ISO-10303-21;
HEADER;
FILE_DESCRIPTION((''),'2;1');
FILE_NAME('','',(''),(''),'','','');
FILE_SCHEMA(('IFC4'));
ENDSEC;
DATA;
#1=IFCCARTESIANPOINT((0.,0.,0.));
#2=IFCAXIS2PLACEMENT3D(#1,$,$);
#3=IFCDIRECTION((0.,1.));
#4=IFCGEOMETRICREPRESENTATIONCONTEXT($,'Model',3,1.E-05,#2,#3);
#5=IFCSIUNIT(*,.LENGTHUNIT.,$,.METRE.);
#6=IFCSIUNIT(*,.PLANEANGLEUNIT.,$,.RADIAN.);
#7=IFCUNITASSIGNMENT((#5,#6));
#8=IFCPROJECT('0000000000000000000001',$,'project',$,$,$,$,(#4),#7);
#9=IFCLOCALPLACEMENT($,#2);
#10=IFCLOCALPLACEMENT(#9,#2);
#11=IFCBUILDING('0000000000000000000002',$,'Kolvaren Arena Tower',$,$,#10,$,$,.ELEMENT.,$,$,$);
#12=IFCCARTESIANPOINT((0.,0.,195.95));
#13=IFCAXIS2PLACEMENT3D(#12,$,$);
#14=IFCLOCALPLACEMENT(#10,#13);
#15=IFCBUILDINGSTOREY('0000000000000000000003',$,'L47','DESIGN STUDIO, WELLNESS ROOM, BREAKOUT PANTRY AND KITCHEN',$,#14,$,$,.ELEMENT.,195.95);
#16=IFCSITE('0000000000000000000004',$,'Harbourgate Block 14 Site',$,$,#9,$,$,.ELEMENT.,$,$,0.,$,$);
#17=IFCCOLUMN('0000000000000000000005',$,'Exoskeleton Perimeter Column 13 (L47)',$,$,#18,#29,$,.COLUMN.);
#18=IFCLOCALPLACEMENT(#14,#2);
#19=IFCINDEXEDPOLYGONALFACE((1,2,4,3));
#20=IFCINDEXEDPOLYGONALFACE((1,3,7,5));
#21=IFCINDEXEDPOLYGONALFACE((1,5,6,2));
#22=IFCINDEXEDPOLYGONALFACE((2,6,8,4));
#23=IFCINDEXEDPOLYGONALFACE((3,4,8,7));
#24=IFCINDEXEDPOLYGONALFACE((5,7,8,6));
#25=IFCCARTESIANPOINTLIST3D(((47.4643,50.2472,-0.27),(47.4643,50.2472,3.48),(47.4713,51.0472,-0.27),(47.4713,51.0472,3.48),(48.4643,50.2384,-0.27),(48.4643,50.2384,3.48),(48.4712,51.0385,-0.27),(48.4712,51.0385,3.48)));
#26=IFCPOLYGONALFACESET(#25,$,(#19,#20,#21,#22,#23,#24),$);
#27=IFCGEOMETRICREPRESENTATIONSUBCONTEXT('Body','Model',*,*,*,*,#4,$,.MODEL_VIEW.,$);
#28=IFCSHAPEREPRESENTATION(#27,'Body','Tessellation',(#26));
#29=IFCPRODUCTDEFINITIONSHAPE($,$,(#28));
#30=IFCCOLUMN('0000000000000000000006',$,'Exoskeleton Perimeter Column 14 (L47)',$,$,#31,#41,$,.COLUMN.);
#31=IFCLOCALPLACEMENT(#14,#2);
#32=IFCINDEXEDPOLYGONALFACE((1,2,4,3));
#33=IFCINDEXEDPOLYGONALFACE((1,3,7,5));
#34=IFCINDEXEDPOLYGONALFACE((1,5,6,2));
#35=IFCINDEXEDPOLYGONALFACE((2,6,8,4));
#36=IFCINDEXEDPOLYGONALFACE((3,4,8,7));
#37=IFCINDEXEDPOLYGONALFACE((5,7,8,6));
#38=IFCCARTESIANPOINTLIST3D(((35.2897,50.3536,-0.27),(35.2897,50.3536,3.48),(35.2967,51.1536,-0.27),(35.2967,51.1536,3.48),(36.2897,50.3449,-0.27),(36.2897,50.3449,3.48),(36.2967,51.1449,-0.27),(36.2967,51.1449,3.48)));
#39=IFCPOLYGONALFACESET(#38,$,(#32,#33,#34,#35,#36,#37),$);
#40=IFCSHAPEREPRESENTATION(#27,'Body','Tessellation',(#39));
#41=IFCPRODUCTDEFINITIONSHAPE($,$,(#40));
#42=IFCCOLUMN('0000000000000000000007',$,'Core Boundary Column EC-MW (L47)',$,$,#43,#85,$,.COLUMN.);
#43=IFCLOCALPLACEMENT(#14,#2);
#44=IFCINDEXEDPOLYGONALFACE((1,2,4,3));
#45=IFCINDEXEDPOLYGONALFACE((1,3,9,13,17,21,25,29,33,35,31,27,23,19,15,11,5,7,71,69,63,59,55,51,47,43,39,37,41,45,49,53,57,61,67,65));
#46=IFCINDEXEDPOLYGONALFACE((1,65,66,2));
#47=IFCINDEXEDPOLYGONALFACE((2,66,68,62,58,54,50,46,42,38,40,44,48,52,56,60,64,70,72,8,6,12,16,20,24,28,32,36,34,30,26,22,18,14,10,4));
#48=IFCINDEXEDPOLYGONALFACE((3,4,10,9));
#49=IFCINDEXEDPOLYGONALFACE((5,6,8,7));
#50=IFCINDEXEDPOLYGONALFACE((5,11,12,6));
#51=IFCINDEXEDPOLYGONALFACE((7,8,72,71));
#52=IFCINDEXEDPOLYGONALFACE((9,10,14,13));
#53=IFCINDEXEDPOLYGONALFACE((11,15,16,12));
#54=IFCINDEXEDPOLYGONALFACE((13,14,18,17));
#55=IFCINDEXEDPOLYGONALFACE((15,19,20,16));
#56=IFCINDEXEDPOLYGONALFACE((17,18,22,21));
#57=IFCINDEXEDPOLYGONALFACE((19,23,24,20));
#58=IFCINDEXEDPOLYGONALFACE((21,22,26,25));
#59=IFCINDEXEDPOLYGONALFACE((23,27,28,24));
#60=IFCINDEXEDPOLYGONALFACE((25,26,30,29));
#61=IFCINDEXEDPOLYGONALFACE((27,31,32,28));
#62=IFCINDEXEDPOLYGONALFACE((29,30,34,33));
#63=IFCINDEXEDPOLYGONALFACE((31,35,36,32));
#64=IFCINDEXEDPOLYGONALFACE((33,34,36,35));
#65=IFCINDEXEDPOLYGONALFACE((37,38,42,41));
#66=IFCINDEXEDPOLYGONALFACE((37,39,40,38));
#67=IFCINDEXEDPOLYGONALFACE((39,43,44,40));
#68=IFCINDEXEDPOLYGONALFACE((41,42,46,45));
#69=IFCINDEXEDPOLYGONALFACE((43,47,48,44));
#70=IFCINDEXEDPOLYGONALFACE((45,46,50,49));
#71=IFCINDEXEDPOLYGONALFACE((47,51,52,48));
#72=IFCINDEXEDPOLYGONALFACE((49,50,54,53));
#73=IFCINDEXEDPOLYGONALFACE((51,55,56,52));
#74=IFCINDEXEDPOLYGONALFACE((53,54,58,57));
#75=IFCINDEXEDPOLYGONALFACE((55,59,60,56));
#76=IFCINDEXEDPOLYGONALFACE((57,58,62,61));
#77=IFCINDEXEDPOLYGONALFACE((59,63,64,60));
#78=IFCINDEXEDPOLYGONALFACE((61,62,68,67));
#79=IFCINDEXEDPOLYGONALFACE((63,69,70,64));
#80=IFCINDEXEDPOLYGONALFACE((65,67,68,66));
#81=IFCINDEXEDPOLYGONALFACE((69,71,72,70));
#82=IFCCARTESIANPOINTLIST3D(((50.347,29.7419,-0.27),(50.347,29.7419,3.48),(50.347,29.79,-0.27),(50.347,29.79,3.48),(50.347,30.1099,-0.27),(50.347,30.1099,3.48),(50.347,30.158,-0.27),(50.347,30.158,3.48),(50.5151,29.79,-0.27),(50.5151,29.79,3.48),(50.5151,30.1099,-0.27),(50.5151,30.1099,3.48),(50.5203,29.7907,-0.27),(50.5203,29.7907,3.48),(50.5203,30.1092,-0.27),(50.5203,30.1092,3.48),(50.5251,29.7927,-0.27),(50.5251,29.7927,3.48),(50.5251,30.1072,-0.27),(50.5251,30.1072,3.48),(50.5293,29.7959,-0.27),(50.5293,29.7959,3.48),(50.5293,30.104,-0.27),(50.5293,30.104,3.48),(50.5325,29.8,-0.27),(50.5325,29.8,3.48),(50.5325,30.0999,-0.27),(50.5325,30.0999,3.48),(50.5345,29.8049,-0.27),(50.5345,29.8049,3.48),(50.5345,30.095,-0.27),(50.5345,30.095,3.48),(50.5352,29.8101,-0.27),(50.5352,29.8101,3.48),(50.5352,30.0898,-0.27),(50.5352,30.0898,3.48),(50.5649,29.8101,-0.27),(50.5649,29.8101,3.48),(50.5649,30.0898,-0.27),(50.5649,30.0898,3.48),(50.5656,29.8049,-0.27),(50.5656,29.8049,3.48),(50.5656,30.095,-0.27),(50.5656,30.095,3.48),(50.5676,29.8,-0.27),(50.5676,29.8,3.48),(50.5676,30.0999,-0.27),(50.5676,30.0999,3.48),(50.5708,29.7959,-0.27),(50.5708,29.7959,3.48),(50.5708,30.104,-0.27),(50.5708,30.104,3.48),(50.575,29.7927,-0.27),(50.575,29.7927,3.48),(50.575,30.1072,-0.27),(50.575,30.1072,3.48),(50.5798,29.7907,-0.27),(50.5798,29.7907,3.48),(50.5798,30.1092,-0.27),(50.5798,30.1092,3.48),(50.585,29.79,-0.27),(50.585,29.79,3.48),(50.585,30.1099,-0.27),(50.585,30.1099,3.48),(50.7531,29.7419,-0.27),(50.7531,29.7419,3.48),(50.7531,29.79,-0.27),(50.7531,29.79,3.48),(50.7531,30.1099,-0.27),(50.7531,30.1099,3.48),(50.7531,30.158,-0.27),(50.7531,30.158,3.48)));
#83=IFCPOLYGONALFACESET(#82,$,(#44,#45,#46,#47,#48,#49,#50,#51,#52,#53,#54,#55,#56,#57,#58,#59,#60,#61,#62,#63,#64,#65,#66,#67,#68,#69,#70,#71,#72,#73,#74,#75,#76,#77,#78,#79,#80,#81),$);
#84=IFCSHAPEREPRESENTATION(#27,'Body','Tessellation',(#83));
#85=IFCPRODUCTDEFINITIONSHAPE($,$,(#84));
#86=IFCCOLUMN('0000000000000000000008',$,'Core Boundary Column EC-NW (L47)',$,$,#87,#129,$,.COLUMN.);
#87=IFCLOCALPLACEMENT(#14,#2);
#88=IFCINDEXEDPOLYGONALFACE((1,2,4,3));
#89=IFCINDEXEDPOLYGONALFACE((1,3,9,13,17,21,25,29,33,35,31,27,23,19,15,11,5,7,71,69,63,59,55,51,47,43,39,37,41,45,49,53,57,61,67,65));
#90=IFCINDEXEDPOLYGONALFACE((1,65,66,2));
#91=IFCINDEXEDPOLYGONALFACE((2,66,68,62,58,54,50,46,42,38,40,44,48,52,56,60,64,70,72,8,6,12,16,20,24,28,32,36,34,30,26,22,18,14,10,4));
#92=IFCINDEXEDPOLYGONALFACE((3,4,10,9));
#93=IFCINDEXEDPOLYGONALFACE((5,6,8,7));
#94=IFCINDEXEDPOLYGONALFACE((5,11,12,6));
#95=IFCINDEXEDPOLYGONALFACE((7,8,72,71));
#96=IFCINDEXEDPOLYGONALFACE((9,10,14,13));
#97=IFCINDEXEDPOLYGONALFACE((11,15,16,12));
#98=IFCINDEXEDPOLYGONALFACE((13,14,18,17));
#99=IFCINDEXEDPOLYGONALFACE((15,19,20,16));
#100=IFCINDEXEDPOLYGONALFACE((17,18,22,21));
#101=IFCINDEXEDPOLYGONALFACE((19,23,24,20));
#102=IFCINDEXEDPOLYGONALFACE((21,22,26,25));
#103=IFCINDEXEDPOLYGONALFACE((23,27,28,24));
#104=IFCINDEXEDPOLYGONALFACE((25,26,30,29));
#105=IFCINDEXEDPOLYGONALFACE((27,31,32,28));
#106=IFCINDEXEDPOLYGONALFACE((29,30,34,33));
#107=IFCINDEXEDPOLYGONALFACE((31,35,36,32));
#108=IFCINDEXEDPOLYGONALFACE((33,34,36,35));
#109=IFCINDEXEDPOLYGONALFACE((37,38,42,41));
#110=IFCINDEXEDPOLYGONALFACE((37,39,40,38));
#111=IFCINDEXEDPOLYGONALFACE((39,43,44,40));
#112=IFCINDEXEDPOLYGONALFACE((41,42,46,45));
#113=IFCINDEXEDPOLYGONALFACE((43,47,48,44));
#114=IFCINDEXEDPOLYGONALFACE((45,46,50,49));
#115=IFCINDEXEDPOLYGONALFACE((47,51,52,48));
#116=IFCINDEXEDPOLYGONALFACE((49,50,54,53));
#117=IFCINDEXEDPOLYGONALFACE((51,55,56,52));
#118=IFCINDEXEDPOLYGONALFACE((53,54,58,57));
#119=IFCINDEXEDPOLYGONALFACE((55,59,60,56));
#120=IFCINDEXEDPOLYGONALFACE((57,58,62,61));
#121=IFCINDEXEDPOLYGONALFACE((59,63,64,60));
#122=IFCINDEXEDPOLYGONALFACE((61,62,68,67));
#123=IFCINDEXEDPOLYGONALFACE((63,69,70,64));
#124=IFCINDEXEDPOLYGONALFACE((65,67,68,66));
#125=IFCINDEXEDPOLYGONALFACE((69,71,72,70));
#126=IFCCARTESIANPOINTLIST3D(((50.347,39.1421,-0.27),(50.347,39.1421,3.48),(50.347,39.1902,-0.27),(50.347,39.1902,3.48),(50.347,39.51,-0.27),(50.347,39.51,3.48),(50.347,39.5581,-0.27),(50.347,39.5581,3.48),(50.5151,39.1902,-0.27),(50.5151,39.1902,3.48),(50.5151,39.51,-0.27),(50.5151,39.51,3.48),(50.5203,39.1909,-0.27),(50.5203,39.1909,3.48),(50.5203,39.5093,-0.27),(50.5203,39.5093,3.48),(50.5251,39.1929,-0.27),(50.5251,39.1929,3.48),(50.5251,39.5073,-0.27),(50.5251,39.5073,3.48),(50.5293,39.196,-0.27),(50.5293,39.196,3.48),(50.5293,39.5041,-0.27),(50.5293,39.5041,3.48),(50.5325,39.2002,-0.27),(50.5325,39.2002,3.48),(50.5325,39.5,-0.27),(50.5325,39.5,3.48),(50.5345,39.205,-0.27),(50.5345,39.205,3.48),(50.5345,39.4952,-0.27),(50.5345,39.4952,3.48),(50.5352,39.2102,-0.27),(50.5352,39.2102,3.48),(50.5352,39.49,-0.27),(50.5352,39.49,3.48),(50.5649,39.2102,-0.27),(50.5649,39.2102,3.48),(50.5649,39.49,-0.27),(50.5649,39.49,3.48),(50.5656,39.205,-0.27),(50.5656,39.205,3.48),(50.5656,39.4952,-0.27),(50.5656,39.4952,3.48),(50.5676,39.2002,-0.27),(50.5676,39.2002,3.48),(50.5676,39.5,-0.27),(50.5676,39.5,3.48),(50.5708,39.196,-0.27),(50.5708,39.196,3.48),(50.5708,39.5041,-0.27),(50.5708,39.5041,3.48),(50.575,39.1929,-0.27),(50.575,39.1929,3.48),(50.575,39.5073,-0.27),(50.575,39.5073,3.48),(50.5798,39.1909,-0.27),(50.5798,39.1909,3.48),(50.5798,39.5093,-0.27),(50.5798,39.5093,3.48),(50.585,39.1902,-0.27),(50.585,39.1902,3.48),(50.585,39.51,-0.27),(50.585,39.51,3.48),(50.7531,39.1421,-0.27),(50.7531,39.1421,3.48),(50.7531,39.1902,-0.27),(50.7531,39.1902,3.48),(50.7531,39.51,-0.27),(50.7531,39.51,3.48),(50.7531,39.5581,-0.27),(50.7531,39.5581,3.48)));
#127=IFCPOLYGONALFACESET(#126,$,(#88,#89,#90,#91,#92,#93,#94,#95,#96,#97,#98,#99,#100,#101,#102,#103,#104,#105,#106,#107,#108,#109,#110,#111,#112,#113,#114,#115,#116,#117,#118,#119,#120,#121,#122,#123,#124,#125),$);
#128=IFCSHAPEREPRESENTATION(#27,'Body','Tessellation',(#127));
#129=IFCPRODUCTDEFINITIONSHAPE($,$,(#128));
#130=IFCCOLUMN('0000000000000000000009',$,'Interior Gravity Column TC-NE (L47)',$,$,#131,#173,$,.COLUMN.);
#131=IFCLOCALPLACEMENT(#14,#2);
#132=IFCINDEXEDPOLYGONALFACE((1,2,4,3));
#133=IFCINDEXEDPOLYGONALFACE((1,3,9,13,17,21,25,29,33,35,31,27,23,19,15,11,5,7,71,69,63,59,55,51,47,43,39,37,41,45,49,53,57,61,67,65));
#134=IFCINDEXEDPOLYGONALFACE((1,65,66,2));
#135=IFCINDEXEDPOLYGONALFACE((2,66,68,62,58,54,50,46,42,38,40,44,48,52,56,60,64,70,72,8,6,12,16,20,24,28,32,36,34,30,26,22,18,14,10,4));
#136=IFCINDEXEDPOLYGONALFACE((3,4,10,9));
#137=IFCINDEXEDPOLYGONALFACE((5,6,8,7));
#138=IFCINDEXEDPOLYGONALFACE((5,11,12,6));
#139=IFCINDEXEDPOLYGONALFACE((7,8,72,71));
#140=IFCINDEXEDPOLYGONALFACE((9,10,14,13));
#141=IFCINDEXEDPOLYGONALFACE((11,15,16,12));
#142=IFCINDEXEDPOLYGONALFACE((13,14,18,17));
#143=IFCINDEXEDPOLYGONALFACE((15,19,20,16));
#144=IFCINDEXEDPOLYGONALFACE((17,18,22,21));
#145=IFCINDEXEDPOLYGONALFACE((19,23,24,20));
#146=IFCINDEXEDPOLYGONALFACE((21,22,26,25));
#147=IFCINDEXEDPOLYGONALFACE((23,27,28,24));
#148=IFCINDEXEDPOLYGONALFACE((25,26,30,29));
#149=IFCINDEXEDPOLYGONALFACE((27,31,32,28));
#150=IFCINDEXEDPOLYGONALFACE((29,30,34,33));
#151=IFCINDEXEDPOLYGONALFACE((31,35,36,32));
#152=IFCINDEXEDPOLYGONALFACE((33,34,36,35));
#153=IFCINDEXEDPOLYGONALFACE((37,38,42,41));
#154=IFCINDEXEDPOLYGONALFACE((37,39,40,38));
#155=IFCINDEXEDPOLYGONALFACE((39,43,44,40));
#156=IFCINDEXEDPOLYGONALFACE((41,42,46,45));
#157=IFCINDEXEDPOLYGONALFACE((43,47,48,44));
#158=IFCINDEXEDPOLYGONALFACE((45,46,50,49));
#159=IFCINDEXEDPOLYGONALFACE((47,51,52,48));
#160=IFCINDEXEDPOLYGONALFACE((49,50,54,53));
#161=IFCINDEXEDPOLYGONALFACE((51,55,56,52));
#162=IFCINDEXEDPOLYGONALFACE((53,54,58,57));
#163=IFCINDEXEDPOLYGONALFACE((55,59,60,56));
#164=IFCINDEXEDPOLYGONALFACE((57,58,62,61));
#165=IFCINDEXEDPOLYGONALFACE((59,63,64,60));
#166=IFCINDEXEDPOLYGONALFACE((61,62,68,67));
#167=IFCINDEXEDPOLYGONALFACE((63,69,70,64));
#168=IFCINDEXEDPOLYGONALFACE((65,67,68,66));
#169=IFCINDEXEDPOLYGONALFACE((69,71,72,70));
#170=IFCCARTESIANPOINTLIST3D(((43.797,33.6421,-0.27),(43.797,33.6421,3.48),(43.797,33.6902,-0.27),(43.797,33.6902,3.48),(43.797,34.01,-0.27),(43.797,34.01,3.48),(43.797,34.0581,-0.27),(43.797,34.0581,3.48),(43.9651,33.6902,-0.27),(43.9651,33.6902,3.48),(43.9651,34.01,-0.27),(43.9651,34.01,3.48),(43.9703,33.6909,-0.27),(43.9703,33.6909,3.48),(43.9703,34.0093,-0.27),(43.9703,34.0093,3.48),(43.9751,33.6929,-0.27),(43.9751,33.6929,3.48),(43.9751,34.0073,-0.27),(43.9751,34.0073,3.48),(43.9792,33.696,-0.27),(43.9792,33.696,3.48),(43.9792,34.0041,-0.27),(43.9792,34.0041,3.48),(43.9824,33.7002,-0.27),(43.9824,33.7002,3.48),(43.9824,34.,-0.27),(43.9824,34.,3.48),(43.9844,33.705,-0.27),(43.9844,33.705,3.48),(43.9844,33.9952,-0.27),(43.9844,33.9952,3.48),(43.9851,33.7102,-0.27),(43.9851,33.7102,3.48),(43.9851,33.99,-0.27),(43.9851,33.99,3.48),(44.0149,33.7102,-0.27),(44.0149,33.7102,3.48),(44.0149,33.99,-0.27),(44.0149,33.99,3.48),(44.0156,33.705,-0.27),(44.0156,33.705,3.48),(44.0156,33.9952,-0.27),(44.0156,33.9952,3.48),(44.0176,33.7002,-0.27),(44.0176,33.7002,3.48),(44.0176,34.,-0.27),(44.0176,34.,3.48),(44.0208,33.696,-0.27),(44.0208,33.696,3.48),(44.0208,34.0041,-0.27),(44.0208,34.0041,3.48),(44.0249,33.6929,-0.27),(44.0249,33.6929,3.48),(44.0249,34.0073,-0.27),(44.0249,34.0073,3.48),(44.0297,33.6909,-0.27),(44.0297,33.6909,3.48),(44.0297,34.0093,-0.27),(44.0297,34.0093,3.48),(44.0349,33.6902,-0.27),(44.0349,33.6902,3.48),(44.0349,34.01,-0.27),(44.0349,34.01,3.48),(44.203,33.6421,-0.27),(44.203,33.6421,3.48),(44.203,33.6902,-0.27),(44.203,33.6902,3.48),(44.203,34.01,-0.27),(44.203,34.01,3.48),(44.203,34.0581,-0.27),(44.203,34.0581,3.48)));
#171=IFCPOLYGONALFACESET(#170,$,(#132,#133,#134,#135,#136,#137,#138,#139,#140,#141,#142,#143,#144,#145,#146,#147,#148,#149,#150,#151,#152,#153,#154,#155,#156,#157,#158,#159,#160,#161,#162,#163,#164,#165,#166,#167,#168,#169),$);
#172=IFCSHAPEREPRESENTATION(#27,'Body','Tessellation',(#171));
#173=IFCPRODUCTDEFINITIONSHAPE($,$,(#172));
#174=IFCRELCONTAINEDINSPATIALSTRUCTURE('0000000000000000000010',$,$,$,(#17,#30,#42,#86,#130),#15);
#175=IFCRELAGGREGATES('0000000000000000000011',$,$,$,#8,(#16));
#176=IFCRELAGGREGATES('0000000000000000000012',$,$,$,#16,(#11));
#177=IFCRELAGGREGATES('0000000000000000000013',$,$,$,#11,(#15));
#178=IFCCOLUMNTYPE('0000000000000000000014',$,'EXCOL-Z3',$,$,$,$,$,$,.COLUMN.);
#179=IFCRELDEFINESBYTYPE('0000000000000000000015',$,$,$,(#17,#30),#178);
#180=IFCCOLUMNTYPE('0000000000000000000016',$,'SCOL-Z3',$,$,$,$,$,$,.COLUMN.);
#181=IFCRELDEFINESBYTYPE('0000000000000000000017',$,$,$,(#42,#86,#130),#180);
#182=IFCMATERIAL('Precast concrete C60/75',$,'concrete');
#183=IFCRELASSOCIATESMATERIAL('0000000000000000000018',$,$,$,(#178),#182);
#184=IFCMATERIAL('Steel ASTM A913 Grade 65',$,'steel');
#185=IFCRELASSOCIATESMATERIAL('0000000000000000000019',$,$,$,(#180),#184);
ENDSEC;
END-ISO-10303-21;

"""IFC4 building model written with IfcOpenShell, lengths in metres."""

from ifc_helpers import new_model, si_unit, direction, frame, origin, origin_2d, place, context, subcontext, project, spatial, rectangle, i_section, extrude, material, material_profile, profile_set, type_object, element, save


model = new_model("IFC4")

# Units and contexts
model_context = context("Model", 3, precision=1e-05, world=origin(), true_north=direction((0.0, 1.0)))
body_context = subcontext(model_context, "Body", "Model", "MODEL_VIEW")
ifc_project = project(units=[si_unit("LENGTHUNIT", "METRE"), si_unit("PLANEANGLEUNIT", "RADIAN")], contexts=[model_context])

# Site, building, storey
site_placement = place(None, origin())
site = spatial("IfcSite", under=ifc_project, at=site_placement, Name="Harbourgate Block 14 Site", CompositionType="ELEMENT", RefElevation=0.0)
building_placement = place(site_placement, origin())
building = spatial("IfcBuilding", under=site, at=building_placement, Name="Kolvaren Arena Tower", CompositionType="ELEMENT")
storey_placement = place(building_placement, frame((0.0, 0.0, 195.95)))
storey = spatial("IfcBuildingStorey", under=building, at=storey_placement, Name="L47", Description="DESIGN STUDIO, WELLNESS ROOM, BREAKOUT PANTRY AND KITCHEN", CompositionType="ELEMENT", Elevation=195.95)

# Columns
ifc_material_1 = material(Name="Precast concrete C60/75", Category="concrete")
ifc_material_profile_1 = material_profile(ifc_material_1, rectangle(XDim=1.0, YDim=0.8, at=origin_2d()), Name="RC-1000x800")
ifc_profile_set_1 = profile_set([ifc_material_profile_1], Name="Precast concrete C60/75")
column_type_1 = type_object("IfcColumnType", Name="EXCOL-Z3", PredefinedType="COLUMN", material=ifc_profile_set_1)
for number, where, z_axis, x_axis, name in (
    (1, (47.9678, 50.6428, -0.27), (0.0, 0.0, 1.0), (0.999962, -0.008727, 0.0), "Exoskeleton Perimeter Column 13 (L47)"),
    (2, (35.7932, 50.7493, -0.27), (0.0, 0.0, 1.0), (0.999962, -0.008727, 0.0), "Exoskeleton Perimeter Column 14 (L47)"),
):
    element("IfcColumn", number, at=place(storey_placement, frame(where, z_axis=z_axis, x_axis=x_axis)), inside=storey, type_object=column_type_1, Name=name, PredefinedType="COLUMN", context=body_context, shape_type="SweptSolid", body=[
        extrude(rectangle(XDim=1.0, YDim=0.8, at=origin_2d()), origin(), (0.0, 0.0, 1.0), 3.75),
    ])
ifc_material_2 = material(Name="Steel ASTM A913 Grade 65", Category="steel")
ifc_material_profile_2 = material_profile(ifc_material_2, i_section(OverallWidth=0.406, OverallDepth=0.416, WebThickness=0.0298, FlangeThickness=0.0481, FilletRadius=0.02, at=origin_2d()), Name="W360x382")
ifc_profile_set_2 = profile_set([ifc_material_profile_2], Name="Steel ASTM A913 Grade 65")
column_type_2 = type_object("IfcColumnType", Name="SCOL-Z3", PredefinedType="COLUMN", material=ifc_profile_set_2)
for number, where, z_axis, x_axis, name in (
    (3, (50.55, 29.95, -0.27), (0.0, 0.0, 1.0), (1.0, 0.0, 0.0), "Core Boundary Column EC-MW (L47)"),
    (4, (50.55, 39.3501, -0.27), (0.0, 0.0, 1.0), (1.0, 0.0, 0.0), "Core Boundary Column EC-NW (L47)"),
    (5, (44.0, 33.8501, -0.27), (0.0, 0.0, 1.0), (1.0, 0.0, 0.0), "Interior Gravity Column TC-NE (L47)"),
):
    element("IfcColumn", number, at=place(storey_placement, frame(where, z_axis=z_axis, x_axis=x_axis)), inside=storey, type_object=column_type_2, Name=name, PredefinedType="COLUMN", context=body_context, shape_type="SweptSolid", body=[
        extrude(i_section(OverallWidth=0.406, OverallDepth=0.416, WebThickness=0.0298, FlangeThickness=0.0481, FilletRadius=0.02, at=origin_2d()), origin(), (0.0, 0.0, 1.0), 3.75),
    ])

save(model, "model.ifc")
